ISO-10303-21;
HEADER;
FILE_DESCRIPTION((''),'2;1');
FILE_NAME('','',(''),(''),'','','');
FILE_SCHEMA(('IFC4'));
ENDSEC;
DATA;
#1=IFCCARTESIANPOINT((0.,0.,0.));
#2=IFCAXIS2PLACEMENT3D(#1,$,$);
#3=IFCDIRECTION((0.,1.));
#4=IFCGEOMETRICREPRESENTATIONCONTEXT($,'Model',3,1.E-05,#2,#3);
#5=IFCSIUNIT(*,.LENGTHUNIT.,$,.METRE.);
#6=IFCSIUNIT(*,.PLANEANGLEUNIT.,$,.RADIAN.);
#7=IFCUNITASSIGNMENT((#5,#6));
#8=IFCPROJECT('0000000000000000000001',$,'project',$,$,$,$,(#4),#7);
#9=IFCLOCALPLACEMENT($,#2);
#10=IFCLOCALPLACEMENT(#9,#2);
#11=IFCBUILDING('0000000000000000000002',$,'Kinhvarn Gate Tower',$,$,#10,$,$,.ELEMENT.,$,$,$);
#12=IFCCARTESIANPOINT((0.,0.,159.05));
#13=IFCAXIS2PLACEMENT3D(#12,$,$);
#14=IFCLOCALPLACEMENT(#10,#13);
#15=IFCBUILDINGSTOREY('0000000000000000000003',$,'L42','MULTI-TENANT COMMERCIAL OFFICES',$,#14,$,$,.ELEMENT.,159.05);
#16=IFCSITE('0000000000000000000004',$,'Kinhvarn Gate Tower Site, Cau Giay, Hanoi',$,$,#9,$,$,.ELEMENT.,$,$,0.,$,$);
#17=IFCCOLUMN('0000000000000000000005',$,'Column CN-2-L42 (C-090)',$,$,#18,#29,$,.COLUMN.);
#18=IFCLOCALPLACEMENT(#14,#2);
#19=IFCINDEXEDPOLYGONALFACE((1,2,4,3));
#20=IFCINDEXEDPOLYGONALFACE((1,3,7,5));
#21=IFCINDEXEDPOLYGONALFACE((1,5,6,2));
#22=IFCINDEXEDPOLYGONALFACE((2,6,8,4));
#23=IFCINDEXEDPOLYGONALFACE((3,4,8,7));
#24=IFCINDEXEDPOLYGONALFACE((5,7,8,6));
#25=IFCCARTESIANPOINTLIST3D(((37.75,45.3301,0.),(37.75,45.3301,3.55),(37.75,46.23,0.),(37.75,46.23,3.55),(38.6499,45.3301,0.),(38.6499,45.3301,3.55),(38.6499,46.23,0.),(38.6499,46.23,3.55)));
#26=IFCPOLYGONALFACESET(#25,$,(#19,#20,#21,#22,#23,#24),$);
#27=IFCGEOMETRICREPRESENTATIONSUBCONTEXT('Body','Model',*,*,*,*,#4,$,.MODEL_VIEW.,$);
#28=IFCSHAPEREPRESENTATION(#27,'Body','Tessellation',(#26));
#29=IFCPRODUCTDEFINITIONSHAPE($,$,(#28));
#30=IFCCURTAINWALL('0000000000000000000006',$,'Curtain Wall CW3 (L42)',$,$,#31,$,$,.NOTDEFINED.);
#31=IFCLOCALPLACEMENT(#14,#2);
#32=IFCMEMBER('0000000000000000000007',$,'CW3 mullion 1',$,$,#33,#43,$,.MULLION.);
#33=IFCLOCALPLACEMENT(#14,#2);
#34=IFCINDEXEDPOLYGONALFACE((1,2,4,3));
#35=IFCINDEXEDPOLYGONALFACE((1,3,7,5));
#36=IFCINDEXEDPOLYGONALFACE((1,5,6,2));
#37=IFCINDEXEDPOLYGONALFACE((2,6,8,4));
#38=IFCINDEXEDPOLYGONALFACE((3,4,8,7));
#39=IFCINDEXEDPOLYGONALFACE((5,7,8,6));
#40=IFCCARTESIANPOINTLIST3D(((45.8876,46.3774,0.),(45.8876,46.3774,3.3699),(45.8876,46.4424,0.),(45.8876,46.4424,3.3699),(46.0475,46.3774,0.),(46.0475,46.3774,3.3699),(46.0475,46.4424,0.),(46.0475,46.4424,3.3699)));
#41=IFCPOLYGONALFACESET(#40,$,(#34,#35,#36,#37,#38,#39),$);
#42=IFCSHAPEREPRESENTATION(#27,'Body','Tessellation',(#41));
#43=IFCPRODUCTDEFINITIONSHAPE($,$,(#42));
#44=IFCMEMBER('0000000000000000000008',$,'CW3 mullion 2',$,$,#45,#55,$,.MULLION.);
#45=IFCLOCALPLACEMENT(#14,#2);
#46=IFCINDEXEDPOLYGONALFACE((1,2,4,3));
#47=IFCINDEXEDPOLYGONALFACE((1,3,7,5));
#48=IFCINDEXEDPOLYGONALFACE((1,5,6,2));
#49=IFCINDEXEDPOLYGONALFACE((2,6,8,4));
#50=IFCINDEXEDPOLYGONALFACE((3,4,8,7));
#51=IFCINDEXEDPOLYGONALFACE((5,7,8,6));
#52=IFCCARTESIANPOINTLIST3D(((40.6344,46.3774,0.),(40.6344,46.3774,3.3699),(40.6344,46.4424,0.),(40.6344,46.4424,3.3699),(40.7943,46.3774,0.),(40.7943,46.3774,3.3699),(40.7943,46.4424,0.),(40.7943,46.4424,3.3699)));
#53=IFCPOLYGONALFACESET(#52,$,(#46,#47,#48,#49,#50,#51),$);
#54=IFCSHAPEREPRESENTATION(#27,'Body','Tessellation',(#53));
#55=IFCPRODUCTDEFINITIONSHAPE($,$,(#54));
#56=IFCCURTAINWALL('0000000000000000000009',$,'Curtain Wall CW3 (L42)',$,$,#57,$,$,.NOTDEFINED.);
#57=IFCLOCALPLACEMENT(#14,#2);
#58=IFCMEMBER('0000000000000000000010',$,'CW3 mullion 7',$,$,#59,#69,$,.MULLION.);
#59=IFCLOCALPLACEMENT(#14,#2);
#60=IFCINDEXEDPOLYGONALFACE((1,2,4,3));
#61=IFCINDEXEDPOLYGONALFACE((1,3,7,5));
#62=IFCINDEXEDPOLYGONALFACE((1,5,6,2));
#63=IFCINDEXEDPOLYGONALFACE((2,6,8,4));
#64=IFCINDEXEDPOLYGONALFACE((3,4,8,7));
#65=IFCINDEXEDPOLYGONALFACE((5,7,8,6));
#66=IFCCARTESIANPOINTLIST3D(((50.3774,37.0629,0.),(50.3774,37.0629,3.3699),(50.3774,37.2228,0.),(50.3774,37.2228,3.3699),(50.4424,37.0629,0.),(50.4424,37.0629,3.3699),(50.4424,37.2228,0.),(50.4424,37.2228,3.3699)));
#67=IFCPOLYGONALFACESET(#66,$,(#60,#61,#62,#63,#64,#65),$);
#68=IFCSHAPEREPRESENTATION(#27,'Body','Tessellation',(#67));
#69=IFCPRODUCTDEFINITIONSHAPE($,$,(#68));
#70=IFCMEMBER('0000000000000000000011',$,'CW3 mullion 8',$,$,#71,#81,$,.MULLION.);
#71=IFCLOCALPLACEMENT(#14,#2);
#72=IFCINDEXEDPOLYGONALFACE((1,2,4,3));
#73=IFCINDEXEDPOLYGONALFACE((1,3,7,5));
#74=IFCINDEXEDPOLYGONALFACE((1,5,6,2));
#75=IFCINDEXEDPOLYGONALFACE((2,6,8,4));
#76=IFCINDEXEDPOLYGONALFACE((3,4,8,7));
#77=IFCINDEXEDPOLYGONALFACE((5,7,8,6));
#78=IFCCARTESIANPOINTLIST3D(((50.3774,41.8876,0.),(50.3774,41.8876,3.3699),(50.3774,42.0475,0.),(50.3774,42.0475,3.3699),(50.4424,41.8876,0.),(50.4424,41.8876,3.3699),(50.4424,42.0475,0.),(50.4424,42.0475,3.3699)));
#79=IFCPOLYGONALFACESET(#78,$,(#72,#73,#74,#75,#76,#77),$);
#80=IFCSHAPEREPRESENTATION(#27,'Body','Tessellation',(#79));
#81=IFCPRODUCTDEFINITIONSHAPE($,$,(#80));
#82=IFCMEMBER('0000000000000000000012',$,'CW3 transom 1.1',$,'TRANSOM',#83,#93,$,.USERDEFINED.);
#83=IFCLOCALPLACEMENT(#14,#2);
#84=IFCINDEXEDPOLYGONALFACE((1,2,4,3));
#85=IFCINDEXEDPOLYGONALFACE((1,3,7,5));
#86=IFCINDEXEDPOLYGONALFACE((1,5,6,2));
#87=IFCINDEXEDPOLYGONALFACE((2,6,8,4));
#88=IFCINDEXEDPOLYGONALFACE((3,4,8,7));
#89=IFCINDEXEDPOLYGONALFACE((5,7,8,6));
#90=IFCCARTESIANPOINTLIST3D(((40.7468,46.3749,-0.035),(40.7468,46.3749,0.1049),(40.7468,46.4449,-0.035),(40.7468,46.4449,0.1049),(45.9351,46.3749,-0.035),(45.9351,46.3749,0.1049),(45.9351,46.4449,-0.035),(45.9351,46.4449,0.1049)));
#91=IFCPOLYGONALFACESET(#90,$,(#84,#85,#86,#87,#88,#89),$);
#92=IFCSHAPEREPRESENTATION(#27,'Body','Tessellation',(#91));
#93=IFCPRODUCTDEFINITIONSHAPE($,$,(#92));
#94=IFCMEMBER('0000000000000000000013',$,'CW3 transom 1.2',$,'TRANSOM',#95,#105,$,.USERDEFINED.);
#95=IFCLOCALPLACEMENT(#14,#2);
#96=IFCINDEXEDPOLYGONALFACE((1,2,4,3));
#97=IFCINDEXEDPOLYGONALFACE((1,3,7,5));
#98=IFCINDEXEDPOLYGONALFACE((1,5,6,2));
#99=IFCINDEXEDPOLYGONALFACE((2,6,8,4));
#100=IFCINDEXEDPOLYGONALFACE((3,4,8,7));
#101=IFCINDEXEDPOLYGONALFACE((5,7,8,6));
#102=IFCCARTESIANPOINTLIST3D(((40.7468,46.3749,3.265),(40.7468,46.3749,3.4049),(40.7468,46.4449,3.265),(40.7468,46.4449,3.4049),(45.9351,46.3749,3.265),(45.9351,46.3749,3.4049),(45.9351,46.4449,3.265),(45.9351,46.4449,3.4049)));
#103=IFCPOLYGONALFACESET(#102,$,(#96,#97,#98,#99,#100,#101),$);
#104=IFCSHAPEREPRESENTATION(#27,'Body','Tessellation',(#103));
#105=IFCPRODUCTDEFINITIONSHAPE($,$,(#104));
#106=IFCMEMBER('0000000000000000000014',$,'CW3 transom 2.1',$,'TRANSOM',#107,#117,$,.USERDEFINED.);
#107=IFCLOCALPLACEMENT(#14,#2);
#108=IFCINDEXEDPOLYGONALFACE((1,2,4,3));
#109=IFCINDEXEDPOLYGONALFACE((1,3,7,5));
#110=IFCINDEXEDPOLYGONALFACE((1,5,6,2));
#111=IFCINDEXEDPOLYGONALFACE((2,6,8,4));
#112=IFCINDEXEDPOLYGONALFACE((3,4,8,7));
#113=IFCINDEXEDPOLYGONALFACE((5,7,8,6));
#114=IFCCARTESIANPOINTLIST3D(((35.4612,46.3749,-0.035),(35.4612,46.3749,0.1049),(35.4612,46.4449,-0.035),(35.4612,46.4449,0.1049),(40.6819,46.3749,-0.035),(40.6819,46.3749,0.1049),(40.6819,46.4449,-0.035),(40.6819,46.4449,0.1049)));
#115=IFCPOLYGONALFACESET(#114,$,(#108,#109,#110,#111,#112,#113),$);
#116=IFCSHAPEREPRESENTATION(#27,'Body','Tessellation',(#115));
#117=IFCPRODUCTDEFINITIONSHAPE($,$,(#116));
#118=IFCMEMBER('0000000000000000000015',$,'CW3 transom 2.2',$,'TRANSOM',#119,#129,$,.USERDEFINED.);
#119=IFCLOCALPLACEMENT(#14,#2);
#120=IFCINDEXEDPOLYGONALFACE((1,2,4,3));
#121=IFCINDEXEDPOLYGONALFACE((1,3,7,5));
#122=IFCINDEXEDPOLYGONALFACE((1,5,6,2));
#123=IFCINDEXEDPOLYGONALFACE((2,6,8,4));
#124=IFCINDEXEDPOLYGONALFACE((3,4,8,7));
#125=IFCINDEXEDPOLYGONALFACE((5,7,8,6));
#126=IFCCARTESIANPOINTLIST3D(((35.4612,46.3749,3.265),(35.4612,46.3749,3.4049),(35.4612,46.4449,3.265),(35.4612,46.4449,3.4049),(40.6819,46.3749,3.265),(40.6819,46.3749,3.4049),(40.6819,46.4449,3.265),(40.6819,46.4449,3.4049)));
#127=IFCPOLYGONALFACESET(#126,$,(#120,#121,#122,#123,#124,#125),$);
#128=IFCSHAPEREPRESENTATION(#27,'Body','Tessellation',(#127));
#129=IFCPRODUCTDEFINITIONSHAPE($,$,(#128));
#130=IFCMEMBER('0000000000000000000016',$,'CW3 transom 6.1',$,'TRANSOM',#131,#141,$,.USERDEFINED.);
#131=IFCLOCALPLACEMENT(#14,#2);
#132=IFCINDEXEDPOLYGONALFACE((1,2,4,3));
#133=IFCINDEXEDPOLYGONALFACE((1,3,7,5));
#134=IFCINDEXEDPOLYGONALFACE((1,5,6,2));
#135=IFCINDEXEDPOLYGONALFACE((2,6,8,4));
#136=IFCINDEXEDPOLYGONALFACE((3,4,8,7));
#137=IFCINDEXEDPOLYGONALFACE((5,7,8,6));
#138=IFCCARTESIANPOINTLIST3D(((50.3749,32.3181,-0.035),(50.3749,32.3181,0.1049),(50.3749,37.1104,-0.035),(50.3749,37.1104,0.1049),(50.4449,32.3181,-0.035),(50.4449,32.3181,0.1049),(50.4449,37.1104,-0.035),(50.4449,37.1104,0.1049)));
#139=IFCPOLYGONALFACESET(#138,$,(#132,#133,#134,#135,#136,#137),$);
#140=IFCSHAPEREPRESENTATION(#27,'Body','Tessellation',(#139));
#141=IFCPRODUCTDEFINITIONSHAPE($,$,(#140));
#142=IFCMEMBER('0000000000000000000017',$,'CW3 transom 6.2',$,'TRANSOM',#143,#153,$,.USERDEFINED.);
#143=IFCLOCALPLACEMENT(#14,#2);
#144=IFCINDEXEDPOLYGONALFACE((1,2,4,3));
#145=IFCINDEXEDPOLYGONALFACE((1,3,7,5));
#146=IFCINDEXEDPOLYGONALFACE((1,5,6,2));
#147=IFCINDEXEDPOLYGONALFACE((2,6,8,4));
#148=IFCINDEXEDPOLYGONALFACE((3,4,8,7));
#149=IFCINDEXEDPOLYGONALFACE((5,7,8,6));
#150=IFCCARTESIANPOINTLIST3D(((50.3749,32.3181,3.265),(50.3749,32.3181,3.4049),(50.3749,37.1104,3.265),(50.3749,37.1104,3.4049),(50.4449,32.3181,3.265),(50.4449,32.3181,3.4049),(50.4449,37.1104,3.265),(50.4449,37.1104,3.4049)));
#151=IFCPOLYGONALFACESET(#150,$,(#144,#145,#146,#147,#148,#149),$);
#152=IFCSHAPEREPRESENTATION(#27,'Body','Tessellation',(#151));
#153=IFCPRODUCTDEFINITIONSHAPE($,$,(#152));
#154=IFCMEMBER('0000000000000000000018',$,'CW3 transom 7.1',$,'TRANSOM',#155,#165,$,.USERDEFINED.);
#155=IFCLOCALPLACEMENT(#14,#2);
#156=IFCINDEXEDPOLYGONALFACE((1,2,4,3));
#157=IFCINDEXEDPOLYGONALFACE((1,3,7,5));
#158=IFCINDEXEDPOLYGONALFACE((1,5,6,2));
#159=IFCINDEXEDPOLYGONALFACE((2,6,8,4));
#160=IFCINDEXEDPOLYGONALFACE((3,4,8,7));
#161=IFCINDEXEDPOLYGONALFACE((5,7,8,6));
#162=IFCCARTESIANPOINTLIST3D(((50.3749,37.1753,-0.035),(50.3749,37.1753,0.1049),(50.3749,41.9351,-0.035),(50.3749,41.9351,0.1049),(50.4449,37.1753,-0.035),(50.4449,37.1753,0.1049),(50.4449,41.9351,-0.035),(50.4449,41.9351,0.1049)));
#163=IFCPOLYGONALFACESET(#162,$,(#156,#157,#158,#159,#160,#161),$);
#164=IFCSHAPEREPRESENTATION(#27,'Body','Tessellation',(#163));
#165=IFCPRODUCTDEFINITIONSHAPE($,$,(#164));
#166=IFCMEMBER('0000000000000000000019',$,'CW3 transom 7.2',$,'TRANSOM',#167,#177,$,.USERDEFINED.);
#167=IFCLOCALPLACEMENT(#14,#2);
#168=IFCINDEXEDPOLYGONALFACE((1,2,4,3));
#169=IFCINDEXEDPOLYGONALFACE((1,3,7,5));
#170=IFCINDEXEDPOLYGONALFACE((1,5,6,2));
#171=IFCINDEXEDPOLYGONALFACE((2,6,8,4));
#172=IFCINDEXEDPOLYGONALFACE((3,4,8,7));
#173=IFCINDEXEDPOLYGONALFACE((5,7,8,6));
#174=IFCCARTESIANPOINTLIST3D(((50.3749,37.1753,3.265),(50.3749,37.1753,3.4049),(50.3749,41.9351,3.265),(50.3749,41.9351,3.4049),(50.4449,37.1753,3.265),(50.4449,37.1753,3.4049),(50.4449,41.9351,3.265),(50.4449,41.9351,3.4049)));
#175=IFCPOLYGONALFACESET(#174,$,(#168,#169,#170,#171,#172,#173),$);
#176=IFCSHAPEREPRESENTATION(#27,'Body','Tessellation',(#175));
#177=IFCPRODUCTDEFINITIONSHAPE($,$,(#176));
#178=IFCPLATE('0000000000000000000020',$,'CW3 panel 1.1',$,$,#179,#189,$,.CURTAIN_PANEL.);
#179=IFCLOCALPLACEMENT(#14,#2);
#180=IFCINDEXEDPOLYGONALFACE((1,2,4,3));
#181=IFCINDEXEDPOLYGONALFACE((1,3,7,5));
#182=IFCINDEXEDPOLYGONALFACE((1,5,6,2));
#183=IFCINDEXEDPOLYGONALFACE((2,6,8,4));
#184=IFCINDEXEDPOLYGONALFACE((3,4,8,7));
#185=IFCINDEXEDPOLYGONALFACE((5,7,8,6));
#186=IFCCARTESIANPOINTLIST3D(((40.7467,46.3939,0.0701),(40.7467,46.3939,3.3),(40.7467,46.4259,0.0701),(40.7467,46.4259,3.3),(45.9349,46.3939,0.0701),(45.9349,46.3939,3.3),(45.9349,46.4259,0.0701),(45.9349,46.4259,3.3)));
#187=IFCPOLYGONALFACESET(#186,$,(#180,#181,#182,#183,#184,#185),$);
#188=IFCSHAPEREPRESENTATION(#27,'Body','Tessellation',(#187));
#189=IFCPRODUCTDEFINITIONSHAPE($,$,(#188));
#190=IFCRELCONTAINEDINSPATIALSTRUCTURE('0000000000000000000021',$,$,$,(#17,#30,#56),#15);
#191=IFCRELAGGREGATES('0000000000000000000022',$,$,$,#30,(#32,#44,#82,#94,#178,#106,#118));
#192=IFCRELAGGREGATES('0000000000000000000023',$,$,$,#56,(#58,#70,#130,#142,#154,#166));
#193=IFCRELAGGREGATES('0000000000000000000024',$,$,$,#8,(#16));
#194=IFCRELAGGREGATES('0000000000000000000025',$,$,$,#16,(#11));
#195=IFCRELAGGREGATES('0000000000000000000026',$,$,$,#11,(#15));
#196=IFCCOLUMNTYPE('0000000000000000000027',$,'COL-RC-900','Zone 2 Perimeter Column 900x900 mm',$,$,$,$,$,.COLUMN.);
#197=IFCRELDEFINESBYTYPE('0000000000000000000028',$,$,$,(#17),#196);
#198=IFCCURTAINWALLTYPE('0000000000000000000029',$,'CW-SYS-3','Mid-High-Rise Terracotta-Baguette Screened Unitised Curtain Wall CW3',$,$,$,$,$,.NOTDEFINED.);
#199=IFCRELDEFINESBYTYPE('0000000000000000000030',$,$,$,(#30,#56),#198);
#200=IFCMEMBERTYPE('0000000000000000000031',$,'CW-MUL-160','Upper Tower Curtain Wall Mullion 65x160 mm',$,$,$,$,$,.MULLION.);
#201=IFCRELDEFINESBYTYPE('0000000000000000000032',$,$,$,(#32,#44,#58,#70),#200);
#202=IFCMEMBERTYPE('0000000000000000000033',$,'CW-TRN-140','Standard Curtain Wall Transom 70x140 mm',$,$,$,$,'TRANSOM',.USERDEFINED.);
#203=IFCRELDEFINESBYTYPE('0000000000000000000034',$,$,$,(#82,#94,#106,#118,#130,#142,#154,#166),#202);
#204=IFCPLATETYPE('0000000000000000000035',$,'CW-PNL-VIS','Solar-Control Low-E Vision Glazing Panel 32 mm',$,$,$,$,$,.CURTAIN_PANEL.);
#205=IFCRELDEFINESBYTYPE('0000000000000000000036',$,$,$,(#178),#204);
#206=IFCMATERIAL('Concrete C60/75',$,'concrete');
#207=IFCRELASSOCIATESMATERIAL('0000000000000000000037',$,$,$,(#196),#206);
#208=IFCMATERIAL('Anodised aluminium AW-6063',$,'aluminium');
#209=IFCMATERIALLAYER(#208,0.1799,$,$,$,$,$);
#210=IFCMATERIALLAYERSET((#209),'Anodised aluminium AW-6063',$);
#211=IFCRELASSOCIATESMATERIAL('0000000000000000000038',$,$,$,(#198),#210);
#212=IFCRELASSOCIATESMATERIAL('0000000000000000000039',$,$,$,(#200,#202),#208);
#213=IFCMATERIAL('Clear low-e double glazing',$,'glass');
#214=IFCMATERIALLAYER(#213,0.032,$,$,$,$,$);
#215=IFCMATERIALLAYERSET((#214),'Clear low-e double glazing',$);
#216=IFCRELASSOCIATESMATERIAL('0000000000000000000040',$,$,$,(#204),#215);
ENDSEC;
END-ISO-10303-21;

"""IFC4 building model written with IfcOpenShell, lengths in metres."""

from ifc_helpers import new_model, si_unit, direction, frame, origin, origin_2d, place, context, subcontext, project, spatial, rectangle, extrude, material, layer, layer_set, material_profile, profile_set, type_object, element, aggregate, save


model = new_model("IFC4")

# Units and contexts
model_context = context("Model", 3, precision=1e-05, world=origin(), true_north=direction((0.0, 1.0)))
body_context = subcontext(model_context, "Body", "Model", "MODEL_VIEW")
ifc_project = project(units=[si_unit("LENGTHUNIT", "METRE"), si_unit("PLANEANGLEUNIT", "RADIAN")], contexts=[model_context])

# Site, building, storey
site_placement = place(None, origin())
site = spatial("IfcSite", under=ifc_project, at=site_placement, Name="Kinhvarn Gate Tower Site, Cau Giay, Hanoi", CompositionType="ELEMENT", RefElevation=0.0)
building_placement = place(site_placement, origin())
building = spatial("IfcBuilding", under=site, at=building_placement, Name="Kinhvarn Gate Tower", CompositionType="ELEMENT")
storey_placement = place(building_placement, frame((0.0, 0.0, 159.05)))
storey = spatial("IfcBuildingStorey", under=building, at=storey_placement, Name="L42", Description="MULTI-TENANT COMMERCIAL OFFICES", CompositionType="ELEMENT", Elevation=159.05)

# Column
ifc_material_1 = material(Name="Concrete C60/75", Category="concrete")
ifc_material_profile_1 = material_profile(ifc_material_1, rectangle(XDim=0.8999, YDim=0.8999, at=origin_2d()), Name="RC 900x900")
ifc_profile_set_1 = profile_set([ifc_material_profile_1], Name="Concrete C60/75")
column_type = type_object("IfcColumnType", Name="COL-RC-900", Description="Zone 2 Perimeter Column 900x900 mm", PredefinedType="COLUMN", material=ifc_profile_set_1)
column_placement = place(storey_placement, frame((38.2, 45.78, 0.0), z_axis=(0.0, 0.0, 1.0), x_axis=(1.0, 0.0, 0.0)))
element("IfcColumn", 1, at=column_placement, inside=storey, type_object=column_type, Name="Column CN-2-L42 (C-090)", PredefinedType="COLUMN", context=body_context, shape_type="SweptSolid", body=[
    extrude(rectangle(XDim=0.8999, YDim=0.8999, at=origin_2d()), origin(), (0.0, 0.0, 1.0), 3.55),
])

# Curtain walls, members
ifc_material_2 = material(Name="Anodised aluminium AW-6063", Category="aluminium")
ifc_layer_1 = layer(ifc_material_2, 0.1799)
ifc_layer_set_1 = layer_set([ifc_layer_1], Name="Anodised aluminium AW-6063")
curtain_wall_type = type_object("IfcCurtainWallType", Name="CW-SYS-3", Description="Mid-High-Rise Terracotta-Baguette Screened Unitised Curtain Wall CW3", PredefinedType="NOTDEFINED", material=ifc_layer_set_1)
curtain_wall_1_placement = place(storey_placement, origin())
curtain_wall_1 = element("IfcCurtainWall", 2, at=curtain_wall_1_placement, inside=storey, type_object=curtain_wall_type, Name="Curtain Wall CW3 (L42)", PredefinedType="NOTDEFINED")
ifc_material_profile_2 = material_profile(ifc_material_2, rectangle(XDim=0.0649, YDim=0.1599, at=origin_2d()), Name="ALU 65x160")
ifc_profile_set_2 = profile_set([ifc_material_profile_2], Name="Anodised aluminium AW-6063")
member_type_1 = type_object("IfcMemberType", Name="CW-MUL-160", Description="Upper Tower Curtain Wall Mullion 65x160 mm", PredefinedType="MULLION", material=ifc_profile_set_2)
member_1_placement = place(storey_placement, frame((45.9675, 46.4099, 0.0), z_axis=(0.0, 0.0, 1.0), x_axis=(0.0, -1.0, 0.0)))
member_1 = element("IfcMember", 3, at=member_1_placement, type_object=member_type_1, Name="CW3 mullion 1", PredefinedType="MULLION", context=body_context, shape_type="SweptSolid", body=[
    extrude(rectangle(XDim=0.0649, YDim=0.1599, at=origin_2d()), origin(), (0.0, 0.0, 1.0), 3.3699),
])
member_2_placement = place(storey_placement, frame((40.7144, 46.4099, 0.0), z_axis=(0.0, 0.0, 1.0), x_axis=(0.0, -1.0, 0.0)))
member_2 = element("IfcMember", 4, at=member_2_placement, type_object=member_type_1, Name="CW3 mullion 2", PredefinedType="MULLION", context=body_context, shape_type="SweptSolid", body=[
    extrude(rectangle(XDim=0.0649, YDim=0.1599, at=origin_2d()), origin(), (0.0, 0.0, 1.0), 3.3699),
])
curtain_wall_2_placement = place(storey_placement, origin())
curtain_wall_2 = element("IfcCurtainWall", 5, at=curtain_wall_2_placement, inside=storey, type_object=curtain_wall_type, Name="Curtain Wall CW3 (L42)", PredefinedType="NOTDEFINED")
member_3_placement = place(storey_placement, frame((50.4099, 37.1428, 0.0), z_axis=(0.0, 0.0, 1.0), x_axis=(-1.0, 0.0, 0.0)))
member_3 = element("IfcMember", 6, at=member_3_placement, type_object=member_type_1, Name="CW3 mullion 7", PredefinedType="MULLION", context=body_context, shape_type="SweptSolid", body=[
    extrude(rectangle(XDim=0.0649, YDim=0.1599, at=origin_2d()), origin(), (0.0, 0.0, 1.0), 3.3699),
])
member_4_placement = place(storey_placement, frame((50.4099, 41.9675, 0.0), z_axis=(0.0, 0.0, 1.0), x_axis=(-1.0, 0.0, 0.0)))
member_4 = element("IfcMember", 7, at=member_4_placement, type_object=member_type_1, Name="CW3 mullion 8", PredefinedType="MULLION", context=body_context, shape_type="SweptSolid", body=[
    extrude(rectangle(XDim=0.0649, YDim=0.1599, at=origin_2d()), origin(), (0.0, 0.0, 1.0), 3.3699),
])

# Members
ifc_material_profile_3 = material_profile(ifc_material_2, rectangle(XDim=0.0701, YDim=0.1399, at=origin_2d()), Name="ALU 70x140")
ifc_profile_set_3 = profile_set([ifc_material_profile_3], Name="Anodised aluminium AW-6063")
member_type_2 = type_object("IfcMemberType", Name="CW-TRN-140", Description="Standard Curtain Wall Transom 70x140 mm", ElementType="TRANSOM", PredefinedType="USERDEFINED", material=ifc_profile_set_3)
member_5_placement = place(storey_placement, frame((45.9351, 46.4099, 0.0349), z_axis=(-1.0, 0.0, 0.0), x_axis=(0.0, -1.0, 0.0)))
member_5 = element("IfcMember", 8, at=member_5_placement, type_object=member_type_2, Name="CW3 transom 1.1", ObjectType="TRANSOM", PredefinedType="USERDEFINED", context=body_context, shape_type="SweptSolid", body=[
    extrude(rectangle(XDim=0.0701, YDim=0.1399, at=origin_2d()), origin(), (0.0, 0.0, 1.0), 5.1882),
])
member_6_placement = place(storey_placement, frame((45.9351, 46.4099, 3.335), z_axis=(-1.0, 0.0, 0.0), x_axis=(0.0, -1.0, 0.0)))
member_6 = element("IfcMember", 9, at=member_6_placement, type_object=member_type_2, Name="CW3 transom 1.2", ObjectType="TRANSOM", PredefinedType="USERDEFINED", context=body_context, shape_type="SweptSolid", body=[
    extrude(rectangle(XDim=0.0701, YDim=0.1399, at=origin_2d()), origin(), (0.0, 0.0, 1.0), 5.1882),
])
member_7_placement = place(storey_placement, frame((40.6819, 46.4099, 0.0349), z_axis=(-1.0, 0.0, 0.0), x_axis=(0.0, -1.0, 0.0)))
member_7 = element("IfcMember", 10, at=member_7_placement, type_object=member_type_2, Name="CW3 transom 2.1", ObjectType="TRANSOM", PredefinedType="USERDEFINED", context=body_context, shape_type="SweptSolid", body=[
    extrude(rectangle(XDim=0.0701, YDim=0.1399, at=origin_2d()), origin(), (0.0, 0.0, 1.0), 5.2207),
])
member_8_placement = place(storey_placement, frame((40.6819, 46.4099, 3.335), z_axis=(-1.0, 0.0, 0.0), x_axis=(0.0, -1.0, 0.0)))
member_8 = element("IfcMember", 11, at=member_8_placement, type_object=member_type_2, Name="CW3 transom 2.2", ObjectType="TRANSOM", PredefinedType="USERDEFINED", context=body_context, shape_type="SweptSolid", body=[
    extrude(rectangle(XDim=0.0701, YDim=0.1399, at=origin_2d()), origin(), (0.0, 0.0, 1.0), 5.2207),
])
member_9_placement = place(storey_placement, frame((50.4099, 32.3181, 0.0349), z_axis=(0.0, 1.0, 0.0), x_axis=(-1.0, 0.0, 0.0)))
member_9 = element("IfcMember", 12, at=member_9_placement, type_object=member_type_2, Name="CW3 transom 6.1", ObjectType="TRANSOM", PredefinedType="USERDEFINED", context=body_context, shape_type="SweptSolid", body=[
    extrude(rectangle(XDim=0.0701, YDim=0.1399, at=origin_2d()), origin(), (0.0, 0.0, 1.0), 4.7922),
])
member_10_placement = place(storey_placement, frame((50.4099, 32.3181, 3.335), z_axis=(0.0, 1.0, 0.0), x_axis=(-1.0, 0.0, 0.0)))
member_10 = element("IfcMember", 13, at=member_10_placement, type_object=member_type_2, Name="CW3 transom 6.2", ObjectType="TRANSOM", PredefinedType="USERDEFINED", context=body_context, shape_type="SweptSolid", body=[
    extrude(rectangle(XDim=0.0701, YDim=0.1399, at=origin_2d()), origin(), (0.0, 0.0, 1.0), 4.7922),
])
member_11_placement = place(storey_placement, frame((50.4099, 37.1753, 0.0349), z_axis=(0.0, 1.0, 0.0), x_axis=(-1.0, 0.0, 0.0)))
member_11 = element("IfcMember", 14, at=member_11_placement, type_object=member_type_2, Name="CW3 transom 7.1", ObjectType="TRANSOM", PredefinedType="USERDEFINED", context=body_context, shape_type="SweptSolid", body=[
    extrude(rectangle(XDim=0.0701, YDim=0.1399, at=origin_2d()), origin(), (0.0, 0.0, 1.0), 4.7598),
])
member_12_placement = place(storey_placement, frame((50.4099, 37.1753, 3.335), z_axis=(0.0, 1.0, 0.0), x_axis=(-1.0, 0.0, 0.0)))
member_12 = element("IfcMember", 15, at=member_12_placement, type_object=member_type_2, Name="CW3 transom 7.2", ObjectType="TRANSOM", PredefinedType="USERDEFINED", context=body_context, shape_type="SweptSolid", body=[
    extrude(rectangle(XDim=0.0701, YDim=0.1399, at=origin_2d()), origin(), (0.0, 0.0, 1.0), 4.7598),
])

# Plate
ifc_material_3 = material(Name="Clear low-e double glazing", Category="glass")
ifc_layer_2 = layer(ifc_material_3, 0.032)
ifc_layer_set_2 = layer_set([ifc_layer_2], Name="Clear low-e double glazing")
plate_type = type_object("IfcPlateType", Name="CW-PNL-VIS", Description="Solar-Control Low-E Vision Glazing Panel 32 mm", PredefinedType="CURTAIN_PANEL", material=ifc_layer_set_2)
plate_1_placement = place(storey_placement, frame((43.3408, 46.4099, 0.0701), z_axis=(0.0, 0.0, 1.0), x_axis=(-1.0, 0.0, 0.0)))
plate_1 = element("IfcPlate", 16, at=plate_1_placement, type_object=plate_type, Name="CW3 panel 1.1", PredefinedType="CURTAIN_PANEL", context=body_context, shape_type="SweptSolid", body=[
    extrude(rectangle(XDim=5.1882, YDim=0.032, at=origin_2d()), origin(), (0.0, 0.0, 1.0), 3.23),
])
aggregate(curtain_wall_1, [member_1, member_2, member_5, member_6, plate_1, member_7, member_8])
aggregate(curtain_wall_2, [member_3, member_4, member_9, member_10, member_11, member_12])

save(model, "model.ifc")
